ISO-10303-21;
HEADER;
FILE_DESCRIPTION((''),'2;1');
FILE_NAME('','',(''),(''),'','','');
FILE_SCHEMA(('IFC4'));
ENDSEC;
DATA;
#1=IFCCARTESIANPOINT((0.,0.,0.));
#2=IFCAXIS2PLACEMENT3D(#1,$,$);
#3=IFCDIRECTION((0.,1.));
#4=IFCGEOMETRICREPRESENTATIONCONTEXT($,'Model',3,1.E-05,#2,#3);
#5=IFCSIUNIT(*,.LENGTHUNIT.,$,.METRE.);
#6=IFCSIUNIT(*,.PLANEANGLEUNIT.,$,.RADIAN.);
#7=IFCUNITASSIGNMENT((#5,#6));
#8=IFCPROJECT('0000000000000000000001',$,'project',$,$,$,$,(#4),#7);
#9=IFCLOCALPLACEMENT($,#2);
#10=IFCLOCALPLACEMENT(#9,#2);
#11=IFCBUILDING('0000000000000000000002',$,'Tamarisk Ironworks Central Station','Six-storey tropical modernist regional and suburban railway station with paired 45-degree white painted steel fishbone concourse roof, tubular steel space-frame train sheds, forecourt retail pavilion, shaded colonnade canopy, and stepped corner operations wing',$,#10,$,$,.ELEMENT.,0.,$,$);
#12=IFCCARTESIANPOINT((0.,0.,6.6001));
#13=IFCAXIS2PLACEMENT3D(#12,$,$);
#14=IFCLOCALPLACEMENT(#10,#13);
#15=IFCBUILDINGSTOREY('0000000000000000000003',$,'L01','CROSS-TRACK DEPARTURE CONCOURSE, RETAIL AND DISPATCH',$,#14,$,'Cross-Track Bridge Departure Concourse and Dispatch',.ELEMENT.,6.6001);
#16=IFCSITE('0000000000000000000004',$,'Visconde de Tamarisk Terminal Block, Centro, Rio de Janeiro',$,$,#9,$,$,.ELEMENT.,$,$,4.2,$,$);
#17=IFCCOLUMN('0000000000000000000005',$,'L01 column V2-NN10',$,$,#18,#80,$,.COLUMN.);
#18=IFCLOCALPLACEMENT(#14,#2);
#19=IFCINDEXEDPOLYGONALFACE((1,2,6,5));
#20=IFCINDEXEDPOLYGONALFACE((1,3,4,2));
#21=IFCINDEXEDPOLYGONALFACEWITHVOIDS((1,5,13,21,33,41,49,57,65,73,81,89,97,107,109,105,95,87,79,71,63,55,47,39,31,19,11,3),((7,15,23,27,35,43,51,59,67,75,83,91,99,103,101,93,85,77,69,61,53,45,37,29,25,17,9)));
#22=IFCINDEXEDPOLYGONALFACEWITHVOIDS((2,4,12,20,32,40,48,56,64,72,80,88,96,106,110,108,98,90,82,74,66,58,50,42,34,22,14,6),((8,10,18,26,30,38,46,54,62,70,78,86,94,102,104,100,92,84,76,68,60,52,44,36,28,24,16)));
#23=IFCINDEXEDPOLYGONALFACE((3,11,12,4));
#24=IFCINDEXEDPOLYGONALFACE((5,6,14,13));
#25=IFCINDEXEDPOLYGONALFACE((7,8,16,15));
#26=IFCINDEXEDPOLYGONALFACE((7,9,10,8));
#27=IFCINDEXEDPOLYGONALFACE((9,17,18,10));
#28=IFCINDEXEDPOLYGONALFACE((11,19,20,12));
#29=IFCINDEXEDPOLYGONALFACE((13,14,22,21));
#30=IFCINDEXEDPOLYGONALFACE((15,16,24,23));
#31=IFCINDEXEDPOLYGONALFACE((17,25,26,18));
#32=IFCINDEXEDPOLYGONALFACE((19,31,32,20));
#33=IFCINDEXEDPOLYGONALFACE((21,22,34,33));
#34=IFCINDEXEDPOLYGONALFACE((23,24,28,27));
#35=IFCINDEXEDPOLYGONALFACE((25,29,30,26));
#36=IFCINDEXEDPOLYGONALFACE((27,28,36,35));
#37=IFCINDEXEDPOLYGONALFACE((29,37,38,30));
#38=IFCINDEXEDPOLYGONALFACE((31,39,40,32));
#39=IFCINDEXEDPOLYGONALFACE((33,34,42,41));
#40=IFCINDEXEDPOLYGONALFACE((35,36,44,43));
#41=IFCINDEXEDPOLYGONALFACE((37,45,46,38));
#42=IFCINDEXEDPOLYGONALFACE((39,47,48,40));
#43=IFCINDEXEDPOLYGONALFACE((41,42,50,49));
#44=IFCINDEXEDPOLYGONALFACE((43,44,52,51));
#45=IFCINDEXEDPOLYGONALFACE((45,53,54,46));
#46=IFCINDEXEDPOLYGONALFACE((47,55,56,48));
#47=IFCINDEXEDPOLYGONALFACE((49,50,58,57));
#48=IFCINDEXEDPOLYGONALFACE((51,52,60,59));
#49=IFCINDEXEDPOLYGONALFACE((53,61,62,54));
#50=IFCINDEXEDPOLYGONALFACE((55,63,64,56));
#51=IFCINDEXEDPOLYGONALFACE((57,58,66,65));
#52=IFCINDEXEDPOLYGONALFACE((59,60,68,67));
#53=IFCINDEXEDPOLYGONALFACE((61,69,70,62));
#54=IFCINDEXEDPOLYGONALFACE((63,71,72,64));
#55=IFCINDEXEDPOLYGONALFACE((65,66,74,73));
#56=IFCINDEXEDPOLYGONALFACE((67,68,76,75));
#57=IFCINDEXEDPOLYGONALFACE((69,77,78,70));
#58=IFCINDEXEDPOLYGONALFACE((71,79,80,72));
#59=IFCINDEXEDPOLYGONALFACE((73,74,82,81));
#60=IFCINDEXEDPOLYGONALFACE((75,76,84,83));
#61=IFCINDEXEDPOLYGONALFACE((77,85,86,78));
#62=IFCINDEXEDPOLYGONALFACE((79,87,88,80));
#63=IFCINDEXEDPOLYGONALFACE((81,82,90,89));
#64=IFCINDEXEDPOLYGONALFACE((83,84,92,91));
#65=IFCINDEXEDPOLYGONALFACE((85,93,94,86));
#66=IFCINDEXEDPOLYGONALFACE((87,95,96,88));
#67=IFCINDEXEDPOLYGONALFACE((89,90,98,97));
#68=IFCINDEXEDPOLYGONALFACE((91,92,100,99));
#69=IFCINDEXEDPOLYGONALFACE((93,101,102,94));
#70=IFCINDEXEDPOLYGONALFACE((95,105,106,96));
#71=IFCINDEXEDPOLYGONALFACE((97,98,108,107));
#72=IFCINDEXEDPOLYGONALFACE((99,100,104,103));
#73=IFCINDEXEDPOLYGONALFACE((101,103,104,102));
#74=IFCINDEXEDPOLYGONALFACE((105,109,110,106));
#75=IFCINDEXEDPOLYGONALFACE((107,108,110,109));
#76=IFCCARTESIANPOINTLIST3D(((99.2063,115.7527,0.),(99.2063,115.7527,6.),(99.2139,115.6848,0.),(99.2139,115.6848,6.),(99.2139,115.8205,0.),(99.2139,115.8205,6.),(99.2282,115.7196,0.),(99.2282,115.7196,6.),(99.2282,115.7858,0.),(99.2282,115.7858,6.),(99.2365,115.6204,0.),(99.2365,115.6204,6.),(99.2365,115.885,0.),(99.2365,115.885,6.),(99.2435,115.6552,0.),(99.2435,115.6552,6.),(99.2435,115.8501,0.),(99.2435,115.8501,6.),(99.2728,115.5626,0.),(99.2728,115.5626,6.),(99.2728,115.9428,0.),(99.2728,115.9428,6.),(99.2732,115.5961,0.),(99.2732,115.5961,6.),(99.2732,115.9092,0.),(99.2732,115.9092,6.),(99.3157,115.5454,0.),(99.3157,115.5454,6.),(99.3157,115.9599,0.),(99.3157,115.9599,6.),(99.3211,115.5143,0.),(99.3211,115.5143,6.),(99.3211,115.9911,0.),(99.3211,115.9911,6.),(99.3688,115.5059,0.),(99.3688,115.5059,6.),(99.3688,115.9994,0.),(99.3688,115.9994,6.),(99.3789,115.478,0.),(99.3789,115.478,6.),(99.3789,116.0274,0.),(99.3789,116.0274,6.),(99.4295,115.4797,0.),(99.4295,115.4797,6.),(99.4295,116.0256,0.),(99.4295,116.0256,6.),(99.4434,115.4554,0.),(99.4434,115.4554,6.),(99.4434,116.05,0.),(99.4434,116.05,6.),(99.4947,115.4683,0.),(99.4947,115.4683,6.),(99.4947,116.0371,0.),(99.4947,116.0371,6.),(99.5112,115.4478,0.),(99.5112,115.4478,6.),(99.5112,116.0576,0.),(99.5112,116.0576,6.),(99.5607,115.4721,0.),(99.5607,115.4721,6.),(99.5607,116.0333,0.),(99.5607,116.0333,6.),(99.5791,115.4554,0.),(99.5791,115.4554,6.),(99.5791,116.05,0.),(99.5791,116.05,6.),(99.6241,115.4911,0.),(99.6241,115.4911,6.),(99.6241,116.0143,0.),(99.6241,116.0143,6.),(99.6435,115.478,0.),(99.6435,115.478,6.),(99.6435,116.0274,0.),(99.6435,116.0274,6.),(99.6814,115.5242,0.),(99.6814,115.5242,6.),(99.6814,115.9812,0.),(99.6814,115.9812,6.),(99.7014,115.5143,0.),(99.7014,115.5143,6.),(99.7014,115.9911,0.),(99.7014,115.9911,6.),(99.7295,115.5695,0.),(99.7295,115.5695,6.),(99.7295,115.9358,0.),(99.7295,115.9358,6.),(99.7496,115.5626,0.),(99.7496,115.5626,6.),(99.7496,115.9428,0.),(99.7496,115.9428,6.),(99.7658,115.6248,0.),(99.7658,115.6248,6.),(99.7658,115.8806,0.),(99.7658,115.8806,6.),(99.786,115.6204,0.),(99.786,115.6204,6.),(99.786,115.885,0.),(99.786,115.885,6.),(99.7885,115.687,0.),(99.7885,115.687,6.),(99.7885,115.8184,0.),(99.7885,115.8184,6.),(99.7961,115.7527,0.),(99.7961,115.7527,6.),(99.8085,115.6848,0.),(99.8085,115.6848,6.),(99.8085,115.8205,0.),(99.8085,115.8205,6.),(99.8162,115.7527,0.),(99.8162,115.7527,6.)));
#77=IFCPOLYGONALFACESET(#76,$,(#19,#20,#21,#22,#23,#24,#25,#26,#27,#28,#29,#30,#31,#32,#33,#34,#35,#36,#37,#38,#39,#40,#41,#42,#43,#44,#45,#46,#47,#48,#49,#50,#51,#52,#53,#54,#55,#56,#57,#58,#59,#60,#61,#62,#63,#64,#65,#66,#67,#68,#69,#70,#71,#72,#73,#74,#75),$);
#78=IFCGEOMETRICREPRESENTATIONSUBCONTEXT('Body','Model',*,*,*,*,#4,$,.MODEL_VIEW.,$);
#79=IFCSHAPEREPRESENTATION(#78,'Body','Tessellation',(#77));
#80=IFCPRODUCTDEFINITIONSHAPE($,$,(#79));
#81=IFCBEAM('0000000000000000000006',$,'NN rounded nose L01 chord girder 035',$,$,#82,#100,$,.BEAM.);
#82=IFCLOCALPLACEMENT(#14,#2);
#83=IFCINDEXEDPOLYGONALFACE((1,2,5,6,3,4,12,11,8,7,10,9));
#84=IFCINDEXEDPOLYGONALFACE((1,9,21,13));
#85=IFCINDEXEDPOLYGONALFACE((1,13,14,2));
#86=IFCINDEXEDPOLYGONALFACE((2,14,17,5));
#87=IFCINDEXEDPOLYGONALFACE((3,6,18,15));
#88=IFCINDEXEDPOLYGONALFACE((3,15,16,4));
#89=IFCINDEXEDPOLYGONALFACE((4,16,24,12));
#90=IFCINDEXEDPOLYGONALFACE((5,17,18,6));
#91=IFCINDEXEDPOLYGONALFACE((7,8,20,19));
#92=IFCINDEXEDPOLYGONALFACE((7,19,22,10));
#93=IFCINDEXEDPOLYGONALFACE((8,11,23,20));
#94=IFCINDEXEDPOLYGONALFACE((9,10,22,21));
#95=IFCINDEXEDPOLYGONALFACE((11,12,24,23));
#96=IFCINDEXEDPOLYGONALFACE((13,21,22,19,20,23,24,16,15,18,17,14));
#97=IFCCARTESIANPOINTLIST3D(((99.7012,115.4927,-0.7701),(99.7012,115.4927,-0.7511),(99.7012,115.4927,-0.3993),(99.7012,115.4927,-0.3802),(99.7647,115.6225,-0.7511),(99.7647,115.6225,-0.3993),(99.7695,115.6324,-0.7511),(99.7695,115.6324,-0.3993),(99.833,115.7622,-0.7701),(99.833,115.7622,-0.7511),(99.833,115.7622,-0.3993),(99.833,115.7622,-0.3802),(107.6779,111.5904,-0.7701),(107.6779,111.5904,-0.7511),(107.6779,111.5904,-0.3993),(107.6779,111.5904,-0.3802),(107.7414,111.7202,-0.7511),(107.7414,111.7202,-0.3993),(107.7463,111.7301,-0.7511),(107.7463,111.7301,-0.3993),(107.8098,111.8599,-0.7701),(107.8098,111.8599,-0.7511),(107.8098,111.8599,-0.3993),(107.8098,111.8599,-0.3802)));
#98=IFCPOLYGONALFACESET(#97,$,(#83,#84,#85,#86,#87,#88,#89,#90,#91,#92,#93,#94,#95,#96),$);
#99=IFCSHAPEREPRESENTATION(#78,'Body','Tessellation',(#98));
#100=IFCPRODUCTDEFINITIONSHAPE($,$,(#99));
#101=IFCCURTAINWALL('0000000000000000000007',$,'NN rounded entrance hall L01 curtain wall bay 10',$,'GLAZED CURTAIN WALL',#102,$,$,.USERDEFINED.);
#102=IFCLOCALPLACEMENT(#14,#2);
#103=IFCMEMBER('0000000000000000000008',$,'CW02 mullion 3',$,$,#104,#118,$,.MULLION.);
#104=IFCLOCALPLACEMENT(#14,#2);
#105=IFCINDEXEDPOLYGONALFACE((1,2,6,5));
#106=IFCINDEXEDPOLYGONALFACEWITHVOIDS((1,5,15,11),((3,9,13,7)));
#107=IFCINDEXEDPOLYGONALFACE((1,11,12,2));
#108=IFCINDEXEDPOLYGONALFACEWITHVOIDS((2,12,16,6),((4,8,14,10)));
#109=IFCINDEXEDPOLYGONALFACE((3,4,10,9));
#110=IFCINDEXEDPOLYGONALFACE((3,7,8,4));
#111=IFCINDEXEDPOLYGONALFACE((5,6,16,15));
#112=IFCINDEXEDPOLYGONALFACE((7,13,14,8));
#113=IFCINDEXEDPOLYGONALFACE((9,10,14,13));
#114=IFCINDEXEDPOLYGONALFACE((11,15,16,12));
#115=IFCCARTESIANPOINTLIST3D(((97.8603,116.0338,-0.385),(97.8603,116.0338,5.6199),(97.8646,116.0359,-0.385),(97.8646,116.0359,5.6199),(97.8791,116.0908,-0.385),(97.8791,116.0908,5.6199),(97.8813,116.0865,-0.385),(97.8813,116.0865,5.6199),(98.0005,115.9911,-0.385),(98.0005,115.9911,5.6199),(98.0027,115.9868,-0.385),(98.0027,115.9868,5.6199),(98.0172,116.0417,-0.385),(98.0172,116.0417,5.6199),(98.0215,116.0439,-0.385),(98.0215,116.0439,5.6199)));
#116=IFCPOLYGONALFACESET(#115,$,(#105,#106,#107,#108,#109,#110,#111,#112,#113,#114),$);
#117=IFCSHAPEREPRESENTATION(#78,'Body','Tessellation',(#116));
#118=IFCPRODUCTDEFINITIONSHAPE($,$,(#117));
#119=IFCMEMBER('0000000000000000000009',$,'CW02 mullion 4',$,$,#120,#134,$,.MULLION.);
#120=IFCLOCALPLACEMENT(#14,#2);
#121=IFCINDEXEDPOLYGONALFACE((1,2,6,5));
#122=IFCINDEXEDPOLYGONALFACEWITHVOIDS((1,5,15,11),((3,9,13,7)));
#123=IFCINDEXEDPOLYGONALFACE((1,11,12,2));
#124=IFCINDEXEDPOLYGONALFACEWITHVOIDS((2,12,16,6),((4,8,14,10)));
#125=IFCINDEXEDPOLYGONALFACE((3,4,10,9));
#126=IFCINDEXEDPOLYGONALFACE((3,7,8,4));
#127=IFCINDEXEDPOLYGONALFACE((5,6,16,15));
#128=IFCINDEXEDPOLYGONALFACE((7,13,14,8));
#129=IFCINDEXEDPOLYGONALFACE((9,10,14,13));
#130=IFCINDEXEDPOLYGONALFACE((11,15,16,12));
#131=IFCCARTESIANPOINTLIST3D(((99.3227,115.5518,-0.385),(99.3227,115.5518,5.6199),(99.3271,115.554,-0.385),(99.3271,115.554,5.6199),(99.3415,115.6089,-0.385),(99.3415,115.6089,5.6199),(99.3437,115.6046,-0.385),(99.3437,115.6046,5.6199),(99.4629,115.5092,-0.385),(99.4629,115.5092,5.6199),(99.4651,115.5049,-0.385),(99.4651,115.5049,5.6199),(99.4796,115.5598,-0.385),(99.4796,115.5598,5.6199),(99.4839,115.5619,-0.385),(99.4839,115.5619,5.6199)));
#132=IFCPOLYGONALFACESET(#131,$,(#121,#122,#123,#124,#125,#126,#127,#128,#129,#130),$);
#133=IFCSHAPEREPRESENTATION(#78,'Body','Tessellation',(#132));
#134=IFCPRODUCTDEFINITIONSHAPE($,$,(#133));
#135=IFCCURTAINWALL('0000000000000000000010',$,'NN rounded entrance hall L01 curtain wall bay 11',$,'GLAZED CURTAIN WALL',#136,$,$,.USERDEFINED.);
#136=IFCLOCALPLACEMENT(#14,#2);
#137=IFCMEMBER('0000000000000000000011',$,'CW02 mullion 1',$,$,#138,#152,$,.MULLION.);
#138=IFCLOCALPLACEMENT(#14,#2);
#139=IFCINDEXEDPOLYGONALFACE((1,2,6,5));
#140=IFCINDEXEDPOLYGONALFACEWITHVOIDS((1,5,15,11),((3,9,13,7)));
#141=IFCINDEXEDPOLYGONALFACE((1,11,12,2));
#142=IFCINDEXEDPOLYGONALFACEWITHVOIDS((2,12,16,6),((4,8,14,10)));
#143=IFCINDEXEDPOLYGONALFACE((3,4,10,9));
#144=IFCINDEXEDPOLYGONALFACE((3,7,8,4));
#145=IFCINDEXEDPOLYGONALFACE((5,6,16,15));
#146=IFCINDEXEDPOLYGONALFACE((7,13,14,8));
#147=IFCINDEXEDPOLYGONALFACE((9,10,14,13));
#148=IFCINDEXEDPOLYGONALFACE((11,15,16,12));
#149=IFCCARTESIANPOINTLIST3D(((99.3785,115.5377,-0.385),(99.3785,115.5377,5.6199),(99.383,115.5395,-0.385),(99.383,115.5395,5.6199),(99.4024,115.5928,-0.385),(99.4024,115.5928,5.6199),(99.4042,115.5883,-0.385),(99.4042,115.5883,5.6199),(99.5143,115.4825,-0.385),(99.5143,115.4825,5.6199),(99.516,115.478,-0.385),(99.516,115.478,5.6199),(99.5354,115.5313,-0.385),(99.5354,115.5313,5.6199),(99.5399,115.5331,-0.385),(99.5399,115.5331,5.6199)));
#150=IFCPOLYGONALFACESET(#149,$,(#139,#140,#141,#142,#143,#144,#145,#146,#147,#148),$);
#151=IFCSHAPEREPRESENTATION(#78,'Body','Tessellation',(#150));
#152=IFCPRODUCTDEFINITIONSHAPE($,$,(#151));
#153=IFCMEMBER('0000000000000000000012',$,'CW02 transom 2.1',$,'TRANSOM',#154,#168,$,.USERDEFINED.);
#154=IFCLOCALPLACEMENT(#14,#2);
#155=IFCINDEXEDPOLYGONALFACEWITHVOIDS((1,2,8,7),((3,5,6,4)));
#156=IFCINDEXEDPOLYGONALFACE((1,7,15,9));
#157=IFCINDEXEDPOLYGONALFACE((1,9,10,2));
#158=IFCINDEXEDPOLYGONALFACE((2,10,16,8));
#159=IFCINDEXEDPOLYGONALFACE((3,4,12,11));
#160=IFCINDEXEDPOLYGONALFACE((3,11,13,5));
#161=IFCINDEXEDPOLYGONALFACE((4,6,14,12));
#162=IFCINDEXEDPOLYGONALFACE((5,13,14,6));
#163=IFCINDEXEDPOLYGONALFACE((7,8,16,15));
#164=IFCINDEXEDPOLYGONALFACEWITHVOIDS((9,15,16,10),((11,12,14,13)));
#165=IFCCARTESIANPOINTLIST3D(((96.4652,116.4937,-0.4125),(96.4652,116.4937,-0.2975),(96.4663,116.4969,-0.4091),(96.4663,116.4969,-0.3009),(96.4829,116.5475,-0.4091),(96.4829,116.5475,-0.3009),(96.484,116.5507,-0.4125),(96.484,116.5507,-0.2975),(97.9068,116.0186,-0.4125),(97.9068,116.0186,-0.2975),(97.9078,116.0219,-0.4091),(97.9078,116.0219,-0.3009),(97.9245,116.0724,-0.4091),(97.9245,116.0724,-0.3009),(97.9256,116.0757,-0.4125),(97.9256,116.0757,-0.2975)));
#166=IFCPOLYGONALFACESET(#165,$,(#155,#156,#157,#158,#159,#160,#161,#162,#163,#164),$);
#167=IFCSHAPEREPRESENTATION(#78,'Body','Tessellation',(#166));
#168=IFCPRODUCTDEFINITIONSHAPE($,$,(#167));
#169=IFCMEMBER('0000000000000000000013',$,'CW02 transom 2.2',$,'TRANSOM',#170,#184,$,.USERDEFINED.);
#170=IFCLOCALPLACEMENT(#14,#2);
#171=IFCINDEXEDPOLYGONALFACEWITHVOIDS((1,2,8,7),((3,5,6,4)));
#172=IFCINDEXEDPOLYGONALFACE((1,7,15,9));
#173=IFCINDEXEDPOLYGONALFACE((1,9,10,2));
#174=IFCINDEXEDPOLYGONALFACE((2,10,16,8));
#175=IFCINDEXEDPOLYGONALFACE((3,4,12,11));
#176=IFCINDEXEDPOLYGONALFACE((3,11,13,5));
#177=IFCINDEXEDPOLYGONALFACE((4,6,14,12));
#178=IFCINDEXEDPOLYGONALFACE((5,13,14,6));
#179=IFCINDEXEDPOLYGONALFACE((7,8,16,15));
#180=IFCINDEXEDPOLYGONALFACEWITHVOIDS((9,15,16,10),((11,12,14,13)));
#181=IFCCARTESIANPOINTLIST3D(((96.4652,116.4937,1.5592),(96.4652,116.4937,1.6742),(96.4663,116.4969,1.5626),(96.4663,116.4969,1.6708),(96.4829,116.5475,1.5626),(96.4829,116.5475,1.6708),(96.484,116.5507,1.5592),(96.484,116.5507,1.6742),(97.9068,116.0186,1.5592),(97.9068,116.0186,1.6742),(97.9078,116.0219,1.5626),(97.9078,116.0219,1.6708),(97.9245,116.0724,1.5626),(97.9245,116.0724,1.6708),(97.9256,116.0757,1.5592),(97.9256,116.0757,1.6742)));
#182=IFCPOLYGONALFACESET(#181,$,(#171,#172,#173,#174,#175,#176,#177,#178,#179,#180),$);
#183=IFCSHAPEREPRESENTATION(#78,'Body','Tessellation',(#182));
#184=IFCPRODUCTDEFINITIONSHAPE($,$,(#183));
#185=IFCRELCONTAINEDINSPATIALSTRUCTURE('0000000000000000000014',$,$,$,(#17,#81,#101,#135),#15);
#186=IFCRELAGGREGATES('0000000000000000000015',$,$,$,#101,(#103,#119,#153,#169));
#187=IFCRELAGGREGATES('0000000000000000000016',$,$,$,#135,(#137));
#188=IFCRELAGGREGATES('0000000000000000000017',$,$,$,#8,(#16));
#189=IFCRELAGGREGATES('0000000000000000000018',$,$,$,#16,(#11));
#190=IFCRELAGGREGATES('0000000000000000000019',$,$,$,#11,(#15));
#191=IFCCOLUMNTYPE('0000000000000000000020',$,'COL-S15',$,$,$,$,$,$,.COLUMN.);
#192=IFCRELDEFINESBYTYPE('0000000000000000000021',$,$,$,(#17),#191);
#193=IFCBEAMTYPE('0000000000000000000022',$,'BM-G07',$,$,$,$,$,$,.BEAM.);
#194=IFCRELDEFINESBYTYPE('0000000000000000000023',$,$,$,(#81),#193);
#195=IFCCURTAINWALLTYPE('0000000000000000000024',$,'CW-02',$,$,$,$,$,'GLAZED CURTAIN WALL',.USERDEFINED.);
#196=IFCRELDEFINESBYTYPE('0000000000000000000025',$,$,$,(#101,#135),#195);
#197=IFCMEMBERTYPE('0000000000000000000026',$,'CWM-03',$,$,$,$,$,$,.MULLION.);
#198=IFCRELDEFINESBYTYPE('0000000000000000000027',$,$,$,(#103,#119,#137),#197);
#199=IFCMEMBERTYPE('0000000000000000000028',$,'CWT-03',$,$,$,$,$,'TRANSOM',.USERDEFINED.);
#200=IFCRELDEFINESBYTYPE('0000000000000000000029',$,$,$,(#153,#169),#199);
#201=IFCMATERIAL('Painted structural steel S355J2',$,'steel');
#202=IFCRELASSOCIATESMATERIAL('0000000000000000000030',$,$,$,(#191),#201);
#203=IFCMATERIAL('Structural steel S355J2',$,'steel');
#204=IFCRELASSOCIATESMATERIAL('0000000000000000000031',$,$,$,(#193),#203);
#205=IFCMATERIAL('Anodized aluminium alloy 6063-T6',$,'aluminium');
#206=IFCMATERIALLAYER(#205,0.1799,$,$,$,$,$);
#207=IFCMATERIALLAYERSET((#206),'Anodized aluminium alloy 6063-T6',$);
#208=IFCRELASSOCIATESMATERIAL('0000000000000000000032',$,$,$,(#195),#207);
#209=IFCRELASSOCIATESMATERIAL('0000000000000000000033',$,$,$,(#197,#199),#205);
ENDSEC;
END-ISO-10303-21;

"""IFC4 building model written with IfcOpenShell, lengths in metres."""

from ifc_helpers import new_model, si_unit, direction, frame, origin, origin_2d, place, context, subcontext, project, spatial, hollow_rectangle, hollow_circle, i_section, extrude, material, layer, layer_set, material_profile, profile_set, type_object, element, aggregate, save


model = new_model("IFC4")

# Units and contexts
model_context = context("Model", 3, precision=1e-05, world=origin(), true_north=direction((0.0, 1.0)))
body_context = subcontext(model_context, "Body", "Model", "MODEL_VIEW")
ifc_project = project(units=[si_unit("LENGTHUNIT", "METRE"), si_unit("PLANEANGLEUNIT", "RADIAN")], contexts=[model_context])

# Site, building, storey
site_placement = place(None, origin())
site = spatial("IfcSite", under=ifc_project, at=site_placement, Name="Visconde de Tamarisk Terminal Block, Centro, Rio de Janeiro", CompositionType="ELEMENT", RefElevation=4.2)
building_placement = place(site_placement, origin())
building = spatial("IfcBuilding", under=site, at=building_placement, Name="Tamarisk Ironworks Central Station", Description="Six-storey tropical modernist regional and suburban railway station with paired 45-degree white painted steel fishbone concourse roof, tubular steel space-frame train sheds, forecourt retail pavilion, shaded colonnade canopy, and stepped corner operations wing", CompositionType="ELEMENT", ElevationOfRefHeight=0.0)
storey_placement = place(building_placement, frame((0.0, 0.0, 6.6001)))
storey = spatial("IfcBuildingStorey", under=building, at=storey_placement, Name="L01", Description="CROSS-TRACK DEPARTURE CONCOURSE, RETAIL AND DISPATCH", LongName="Cross-Track Bridge Departure Concourse and Dispatch", CompositionType="ELEMENT", Elevation=6.6001)

# Column
ifc_material_1 = material(Name="Painted structural steel S355J2", Category="steel")
ifc_material_profile_1 = material_profile(ifc_material_1, hollow_circle(Radius=0.3049, WallThickness=0.02, at=origin_2d()), Name="CHS 610x20")
ifc_profile_set_1 = profile_set([ifc_material_profile_1], Name="Painted structural steel S355J2")
column_type = type_object("IfcColumnType", Name="COL-S15", PredefinedType="COLUMN", material=ifc_profile_set_1)
column_placement = place(storey_placement, frame((99.5112, 115.7527, 0.0), z_axis=(0.0, 0.0, 1.0), x_axis=(1.0, 0.0, 0.0)))
element("IfcColumn", 1, at=column_placement, inside=storey, type_object=column_type, Name="L01 column V2-NN10", PredefinedType="COLUMN", context=body_context, shape_type="SweptSolid", body=[
    extrude(hollow_circle(Radius=0.3049, WallThickness=0.02, at=origin_2d()), origin(), (0.0, 0.0, 1.0), 6.0),
])

# Beam
ifc_material_2 = material(Name="Structural steel S355J2", Category="steel")
ifc_material_profile_2 = material_profile(ifc_material_2, i_section(OverallWidth=0.3, OverallDepth=0.3899, WebThickness=0.011, FlangeThickness=0.019, at=origin_2d()), Name="HEA 400")
ifc_profile_set_2 = profile_set([ifc_material_profile_2], Name="Structural steel S355J2")
beam_type = type_object("IfcBeamType", Name="BM-G07", PredefinedType="BEAM", material=ifc_profile_set_2)
beam_placement = place(storey_placement, frame((99.7671, 115.6274, -0.5752), z_axis=(0.89827, -0.439444, 0.0), x_axis=(0.439444, 0.89827, 0.0)))
element("IfcBeam", 2, at=beam_placement, inside=storey, type_object=beam_type, Name="NN rounded nose L01 chord girder 035", PredefinedType="BEAM", context=body_context, shape_type="SweptSolid", body=[
    extrude(i_section(OverallWidth=0.3, OverallDepth=0.3899, WebThickness=0.011, FlangeThickness=0.019, at=origin_2d()), origin(), (0.0, 0.0, 1.0), 8.8801),
])

# Curtain wall, members
ifc_material_3 = material(Name="Anodized aluminium alloy 6063-T6", Category="aluminium")
ifc_layer_1 = layer(ifc_material_3, 0.1799)
ifc_layer_set_1 = layer_set([ifc_layer_1], Name="Anodized aluminium alloy 6063-T6")
curtain_wall_type = type_object("IfcCurtainWallType", Name="CW-02", ElementType="GLAZED CURTAIN WALL", PredefinedType="USERDEFINED", material=ifc_layer_set_1)
curtain_wall_1_placement = place(storey_placement, origin())
curtain_wall_1 = element("IfcCurtainWall", 3, at=curtain_wall_1_placement, inside=storey, type_object=curtain_wall_type, Name="NN rounded entrance hall L01 curtain wall bay 10", ObjectType="GLAZED CURTAIN WALL", PredefinedType="USERDEFINED")
ifc_material_profile_3 = material_profile(ifc_material_3, hollow_rectangle(XDim=0.0601, YDim=0.1499, WallThickness=0.0034, at=origin_2d()), Name="ALUM 150x60")
ifc_profile_set_3 = profile_set([ifc_material_profile_3], Name="Anodized aluminium alloy 6063-T6")
member_type_1 = type_object("IfcMemberType", Name="CWM-03", PredefinedType="MULLION", material=ifc_profile_set_3)
member_1_placement = place(storey_placement, frame((97.9409, 116.0388, -0.385), z_axis=(0.0, 0.0, 1.0), x_axis=(0.313098, 0.949721, 0.0)))
member_1 = element("IfcMember", 4, at=member_1_placement, type_object=member_type_1, Name="CW02 mullion 3", PredefinedType="MULLION", context=body_context, shape_type="SweptSolid", body=[
    extrude(hollow_rectangle(XDim=0.0601, YDim=0.1499, WallThickness=0.0034, at=origin_2d()), origin(), (0.0, 0.0, 1.0), 6.0049),
])
member_2_placement = place(storey_placement, frame((99.4033, 115.5569, -0.385), z_axis=(0.0, 0.0, 1.0), x_axis=(0.313098, 0.949721, 0.0)))
member_2 = element("IfcMember", 5, at=member_2_placement, type_object=member_type_1, Name="CW02 mullion 4", PredefinedType="MULLION", context=body_context, shape_type="SweptSolid", body=[
    extrude(hollow_rectangle(XDim=0.0601, YDim=0.1499, WallThickness=0.0034, at=origin_2d()), origin(), (0.0, 0.0, 1.0), 6.0049),
])

# Curtain wall, member
curtain_wall_2_placement = place(storey_placement, origin())
curtain_wall_2 = element("IfcCurtainWall", 6, at=curtain_wall_2_placement, inside=storey, type_object=curtain_wall_type, Name="NN rounded entrance hall L01 curtain wall bay 11", ObjectType="GLAZED CURTAIN WALL", PredefinedType="USERDEFINED")
member_3_placement = place(storey_placement, frame((99.4592, 115.5354, -0.385), z_axis=(0.0, 0.0, 1.0), x_axis=(0.398077, 0.917352, 0.0)))
member_3 = element("IfcMember", 7, at=member_3_placement, type_object=member_type_1, Name="CW02 mullion 1", PredefinedType="MULLION", context=body_context, shape_type="SweptSolid", body=[
    extrude(hollow_rectangle(XDim=0.0601, YDim=0.1499, WallThickness=0.0034, at=origin_2d()), origin(), (0.0, 0.0, 1.0), 6.0049),
])

# Members
ifc_material_profile_4 = material_profile(ifc_material_3, hollow_rectangle(XDim=0.0601, YDim=0.115, WallThickness=0.0034, at=origin_2d()), Name="ALUM 115x60")
ifc_profile_set_4 = profile_set([ifc_material_profile_4], Name="Anodized aluminium alloy 6063-T6")
member_type_2 = type_object("IfcMemberType", Name="CWT-03", ElementType="TRANSOM", PredefinedType="USERDEFINED", material=ifc_profile_set_4)
member_4_placement = place(storey_placement, frame((96.4746, 116.5222, -0.355), z_axis=(0.949755, -0.312993, 0.0), x_axis=(0.312993, 0.949755, 0.0)))
member_4 = element("IfcMember", 8, at=member_4_placement, type_object=member_type_2, Name="CW02 transom 2.1", ObjectType="TRANSOM", PredefinedType="USERDEFINED", context=body_context, shape_type="SweptSolid", body=[
    extrude(hollow_rectangle(XDim=0.0601, YDim=0.115, WallThickness=0.0034, at=origin_2d()), origin(), (0.0, 0.0, 1.0), 1.5178),
])
member_5_placement = place(storey_placement, frame((96.4746, 116.5222, 1.6167), z_axis=(0.949755, -0.312993, 0.0), x_axis=(0.312993, 0.949755, 0.0)))
member_5 = element("IfcMember", 9, at=member_5_placement, type_object=member_type_2, Name="CW02 transom 2.2", ObjectType="TRANSOM", PredefinedType="USERDEFINED", context=body_context, shape_type="SweptSolid", body=[
    extrude(hollow_rectangle(XDim=0.0601, YDim=0.115, WallThickness=0.0034, at=origin_2d()), origin(), (0.0, 0.0, 1.0), 1.5178),
])

aggregate(curtain_wall_1, [member_1, member_2, member_4, member_5])
aggregate(curtain_wall_2, [member_3])

save(model, "model.ifc")
